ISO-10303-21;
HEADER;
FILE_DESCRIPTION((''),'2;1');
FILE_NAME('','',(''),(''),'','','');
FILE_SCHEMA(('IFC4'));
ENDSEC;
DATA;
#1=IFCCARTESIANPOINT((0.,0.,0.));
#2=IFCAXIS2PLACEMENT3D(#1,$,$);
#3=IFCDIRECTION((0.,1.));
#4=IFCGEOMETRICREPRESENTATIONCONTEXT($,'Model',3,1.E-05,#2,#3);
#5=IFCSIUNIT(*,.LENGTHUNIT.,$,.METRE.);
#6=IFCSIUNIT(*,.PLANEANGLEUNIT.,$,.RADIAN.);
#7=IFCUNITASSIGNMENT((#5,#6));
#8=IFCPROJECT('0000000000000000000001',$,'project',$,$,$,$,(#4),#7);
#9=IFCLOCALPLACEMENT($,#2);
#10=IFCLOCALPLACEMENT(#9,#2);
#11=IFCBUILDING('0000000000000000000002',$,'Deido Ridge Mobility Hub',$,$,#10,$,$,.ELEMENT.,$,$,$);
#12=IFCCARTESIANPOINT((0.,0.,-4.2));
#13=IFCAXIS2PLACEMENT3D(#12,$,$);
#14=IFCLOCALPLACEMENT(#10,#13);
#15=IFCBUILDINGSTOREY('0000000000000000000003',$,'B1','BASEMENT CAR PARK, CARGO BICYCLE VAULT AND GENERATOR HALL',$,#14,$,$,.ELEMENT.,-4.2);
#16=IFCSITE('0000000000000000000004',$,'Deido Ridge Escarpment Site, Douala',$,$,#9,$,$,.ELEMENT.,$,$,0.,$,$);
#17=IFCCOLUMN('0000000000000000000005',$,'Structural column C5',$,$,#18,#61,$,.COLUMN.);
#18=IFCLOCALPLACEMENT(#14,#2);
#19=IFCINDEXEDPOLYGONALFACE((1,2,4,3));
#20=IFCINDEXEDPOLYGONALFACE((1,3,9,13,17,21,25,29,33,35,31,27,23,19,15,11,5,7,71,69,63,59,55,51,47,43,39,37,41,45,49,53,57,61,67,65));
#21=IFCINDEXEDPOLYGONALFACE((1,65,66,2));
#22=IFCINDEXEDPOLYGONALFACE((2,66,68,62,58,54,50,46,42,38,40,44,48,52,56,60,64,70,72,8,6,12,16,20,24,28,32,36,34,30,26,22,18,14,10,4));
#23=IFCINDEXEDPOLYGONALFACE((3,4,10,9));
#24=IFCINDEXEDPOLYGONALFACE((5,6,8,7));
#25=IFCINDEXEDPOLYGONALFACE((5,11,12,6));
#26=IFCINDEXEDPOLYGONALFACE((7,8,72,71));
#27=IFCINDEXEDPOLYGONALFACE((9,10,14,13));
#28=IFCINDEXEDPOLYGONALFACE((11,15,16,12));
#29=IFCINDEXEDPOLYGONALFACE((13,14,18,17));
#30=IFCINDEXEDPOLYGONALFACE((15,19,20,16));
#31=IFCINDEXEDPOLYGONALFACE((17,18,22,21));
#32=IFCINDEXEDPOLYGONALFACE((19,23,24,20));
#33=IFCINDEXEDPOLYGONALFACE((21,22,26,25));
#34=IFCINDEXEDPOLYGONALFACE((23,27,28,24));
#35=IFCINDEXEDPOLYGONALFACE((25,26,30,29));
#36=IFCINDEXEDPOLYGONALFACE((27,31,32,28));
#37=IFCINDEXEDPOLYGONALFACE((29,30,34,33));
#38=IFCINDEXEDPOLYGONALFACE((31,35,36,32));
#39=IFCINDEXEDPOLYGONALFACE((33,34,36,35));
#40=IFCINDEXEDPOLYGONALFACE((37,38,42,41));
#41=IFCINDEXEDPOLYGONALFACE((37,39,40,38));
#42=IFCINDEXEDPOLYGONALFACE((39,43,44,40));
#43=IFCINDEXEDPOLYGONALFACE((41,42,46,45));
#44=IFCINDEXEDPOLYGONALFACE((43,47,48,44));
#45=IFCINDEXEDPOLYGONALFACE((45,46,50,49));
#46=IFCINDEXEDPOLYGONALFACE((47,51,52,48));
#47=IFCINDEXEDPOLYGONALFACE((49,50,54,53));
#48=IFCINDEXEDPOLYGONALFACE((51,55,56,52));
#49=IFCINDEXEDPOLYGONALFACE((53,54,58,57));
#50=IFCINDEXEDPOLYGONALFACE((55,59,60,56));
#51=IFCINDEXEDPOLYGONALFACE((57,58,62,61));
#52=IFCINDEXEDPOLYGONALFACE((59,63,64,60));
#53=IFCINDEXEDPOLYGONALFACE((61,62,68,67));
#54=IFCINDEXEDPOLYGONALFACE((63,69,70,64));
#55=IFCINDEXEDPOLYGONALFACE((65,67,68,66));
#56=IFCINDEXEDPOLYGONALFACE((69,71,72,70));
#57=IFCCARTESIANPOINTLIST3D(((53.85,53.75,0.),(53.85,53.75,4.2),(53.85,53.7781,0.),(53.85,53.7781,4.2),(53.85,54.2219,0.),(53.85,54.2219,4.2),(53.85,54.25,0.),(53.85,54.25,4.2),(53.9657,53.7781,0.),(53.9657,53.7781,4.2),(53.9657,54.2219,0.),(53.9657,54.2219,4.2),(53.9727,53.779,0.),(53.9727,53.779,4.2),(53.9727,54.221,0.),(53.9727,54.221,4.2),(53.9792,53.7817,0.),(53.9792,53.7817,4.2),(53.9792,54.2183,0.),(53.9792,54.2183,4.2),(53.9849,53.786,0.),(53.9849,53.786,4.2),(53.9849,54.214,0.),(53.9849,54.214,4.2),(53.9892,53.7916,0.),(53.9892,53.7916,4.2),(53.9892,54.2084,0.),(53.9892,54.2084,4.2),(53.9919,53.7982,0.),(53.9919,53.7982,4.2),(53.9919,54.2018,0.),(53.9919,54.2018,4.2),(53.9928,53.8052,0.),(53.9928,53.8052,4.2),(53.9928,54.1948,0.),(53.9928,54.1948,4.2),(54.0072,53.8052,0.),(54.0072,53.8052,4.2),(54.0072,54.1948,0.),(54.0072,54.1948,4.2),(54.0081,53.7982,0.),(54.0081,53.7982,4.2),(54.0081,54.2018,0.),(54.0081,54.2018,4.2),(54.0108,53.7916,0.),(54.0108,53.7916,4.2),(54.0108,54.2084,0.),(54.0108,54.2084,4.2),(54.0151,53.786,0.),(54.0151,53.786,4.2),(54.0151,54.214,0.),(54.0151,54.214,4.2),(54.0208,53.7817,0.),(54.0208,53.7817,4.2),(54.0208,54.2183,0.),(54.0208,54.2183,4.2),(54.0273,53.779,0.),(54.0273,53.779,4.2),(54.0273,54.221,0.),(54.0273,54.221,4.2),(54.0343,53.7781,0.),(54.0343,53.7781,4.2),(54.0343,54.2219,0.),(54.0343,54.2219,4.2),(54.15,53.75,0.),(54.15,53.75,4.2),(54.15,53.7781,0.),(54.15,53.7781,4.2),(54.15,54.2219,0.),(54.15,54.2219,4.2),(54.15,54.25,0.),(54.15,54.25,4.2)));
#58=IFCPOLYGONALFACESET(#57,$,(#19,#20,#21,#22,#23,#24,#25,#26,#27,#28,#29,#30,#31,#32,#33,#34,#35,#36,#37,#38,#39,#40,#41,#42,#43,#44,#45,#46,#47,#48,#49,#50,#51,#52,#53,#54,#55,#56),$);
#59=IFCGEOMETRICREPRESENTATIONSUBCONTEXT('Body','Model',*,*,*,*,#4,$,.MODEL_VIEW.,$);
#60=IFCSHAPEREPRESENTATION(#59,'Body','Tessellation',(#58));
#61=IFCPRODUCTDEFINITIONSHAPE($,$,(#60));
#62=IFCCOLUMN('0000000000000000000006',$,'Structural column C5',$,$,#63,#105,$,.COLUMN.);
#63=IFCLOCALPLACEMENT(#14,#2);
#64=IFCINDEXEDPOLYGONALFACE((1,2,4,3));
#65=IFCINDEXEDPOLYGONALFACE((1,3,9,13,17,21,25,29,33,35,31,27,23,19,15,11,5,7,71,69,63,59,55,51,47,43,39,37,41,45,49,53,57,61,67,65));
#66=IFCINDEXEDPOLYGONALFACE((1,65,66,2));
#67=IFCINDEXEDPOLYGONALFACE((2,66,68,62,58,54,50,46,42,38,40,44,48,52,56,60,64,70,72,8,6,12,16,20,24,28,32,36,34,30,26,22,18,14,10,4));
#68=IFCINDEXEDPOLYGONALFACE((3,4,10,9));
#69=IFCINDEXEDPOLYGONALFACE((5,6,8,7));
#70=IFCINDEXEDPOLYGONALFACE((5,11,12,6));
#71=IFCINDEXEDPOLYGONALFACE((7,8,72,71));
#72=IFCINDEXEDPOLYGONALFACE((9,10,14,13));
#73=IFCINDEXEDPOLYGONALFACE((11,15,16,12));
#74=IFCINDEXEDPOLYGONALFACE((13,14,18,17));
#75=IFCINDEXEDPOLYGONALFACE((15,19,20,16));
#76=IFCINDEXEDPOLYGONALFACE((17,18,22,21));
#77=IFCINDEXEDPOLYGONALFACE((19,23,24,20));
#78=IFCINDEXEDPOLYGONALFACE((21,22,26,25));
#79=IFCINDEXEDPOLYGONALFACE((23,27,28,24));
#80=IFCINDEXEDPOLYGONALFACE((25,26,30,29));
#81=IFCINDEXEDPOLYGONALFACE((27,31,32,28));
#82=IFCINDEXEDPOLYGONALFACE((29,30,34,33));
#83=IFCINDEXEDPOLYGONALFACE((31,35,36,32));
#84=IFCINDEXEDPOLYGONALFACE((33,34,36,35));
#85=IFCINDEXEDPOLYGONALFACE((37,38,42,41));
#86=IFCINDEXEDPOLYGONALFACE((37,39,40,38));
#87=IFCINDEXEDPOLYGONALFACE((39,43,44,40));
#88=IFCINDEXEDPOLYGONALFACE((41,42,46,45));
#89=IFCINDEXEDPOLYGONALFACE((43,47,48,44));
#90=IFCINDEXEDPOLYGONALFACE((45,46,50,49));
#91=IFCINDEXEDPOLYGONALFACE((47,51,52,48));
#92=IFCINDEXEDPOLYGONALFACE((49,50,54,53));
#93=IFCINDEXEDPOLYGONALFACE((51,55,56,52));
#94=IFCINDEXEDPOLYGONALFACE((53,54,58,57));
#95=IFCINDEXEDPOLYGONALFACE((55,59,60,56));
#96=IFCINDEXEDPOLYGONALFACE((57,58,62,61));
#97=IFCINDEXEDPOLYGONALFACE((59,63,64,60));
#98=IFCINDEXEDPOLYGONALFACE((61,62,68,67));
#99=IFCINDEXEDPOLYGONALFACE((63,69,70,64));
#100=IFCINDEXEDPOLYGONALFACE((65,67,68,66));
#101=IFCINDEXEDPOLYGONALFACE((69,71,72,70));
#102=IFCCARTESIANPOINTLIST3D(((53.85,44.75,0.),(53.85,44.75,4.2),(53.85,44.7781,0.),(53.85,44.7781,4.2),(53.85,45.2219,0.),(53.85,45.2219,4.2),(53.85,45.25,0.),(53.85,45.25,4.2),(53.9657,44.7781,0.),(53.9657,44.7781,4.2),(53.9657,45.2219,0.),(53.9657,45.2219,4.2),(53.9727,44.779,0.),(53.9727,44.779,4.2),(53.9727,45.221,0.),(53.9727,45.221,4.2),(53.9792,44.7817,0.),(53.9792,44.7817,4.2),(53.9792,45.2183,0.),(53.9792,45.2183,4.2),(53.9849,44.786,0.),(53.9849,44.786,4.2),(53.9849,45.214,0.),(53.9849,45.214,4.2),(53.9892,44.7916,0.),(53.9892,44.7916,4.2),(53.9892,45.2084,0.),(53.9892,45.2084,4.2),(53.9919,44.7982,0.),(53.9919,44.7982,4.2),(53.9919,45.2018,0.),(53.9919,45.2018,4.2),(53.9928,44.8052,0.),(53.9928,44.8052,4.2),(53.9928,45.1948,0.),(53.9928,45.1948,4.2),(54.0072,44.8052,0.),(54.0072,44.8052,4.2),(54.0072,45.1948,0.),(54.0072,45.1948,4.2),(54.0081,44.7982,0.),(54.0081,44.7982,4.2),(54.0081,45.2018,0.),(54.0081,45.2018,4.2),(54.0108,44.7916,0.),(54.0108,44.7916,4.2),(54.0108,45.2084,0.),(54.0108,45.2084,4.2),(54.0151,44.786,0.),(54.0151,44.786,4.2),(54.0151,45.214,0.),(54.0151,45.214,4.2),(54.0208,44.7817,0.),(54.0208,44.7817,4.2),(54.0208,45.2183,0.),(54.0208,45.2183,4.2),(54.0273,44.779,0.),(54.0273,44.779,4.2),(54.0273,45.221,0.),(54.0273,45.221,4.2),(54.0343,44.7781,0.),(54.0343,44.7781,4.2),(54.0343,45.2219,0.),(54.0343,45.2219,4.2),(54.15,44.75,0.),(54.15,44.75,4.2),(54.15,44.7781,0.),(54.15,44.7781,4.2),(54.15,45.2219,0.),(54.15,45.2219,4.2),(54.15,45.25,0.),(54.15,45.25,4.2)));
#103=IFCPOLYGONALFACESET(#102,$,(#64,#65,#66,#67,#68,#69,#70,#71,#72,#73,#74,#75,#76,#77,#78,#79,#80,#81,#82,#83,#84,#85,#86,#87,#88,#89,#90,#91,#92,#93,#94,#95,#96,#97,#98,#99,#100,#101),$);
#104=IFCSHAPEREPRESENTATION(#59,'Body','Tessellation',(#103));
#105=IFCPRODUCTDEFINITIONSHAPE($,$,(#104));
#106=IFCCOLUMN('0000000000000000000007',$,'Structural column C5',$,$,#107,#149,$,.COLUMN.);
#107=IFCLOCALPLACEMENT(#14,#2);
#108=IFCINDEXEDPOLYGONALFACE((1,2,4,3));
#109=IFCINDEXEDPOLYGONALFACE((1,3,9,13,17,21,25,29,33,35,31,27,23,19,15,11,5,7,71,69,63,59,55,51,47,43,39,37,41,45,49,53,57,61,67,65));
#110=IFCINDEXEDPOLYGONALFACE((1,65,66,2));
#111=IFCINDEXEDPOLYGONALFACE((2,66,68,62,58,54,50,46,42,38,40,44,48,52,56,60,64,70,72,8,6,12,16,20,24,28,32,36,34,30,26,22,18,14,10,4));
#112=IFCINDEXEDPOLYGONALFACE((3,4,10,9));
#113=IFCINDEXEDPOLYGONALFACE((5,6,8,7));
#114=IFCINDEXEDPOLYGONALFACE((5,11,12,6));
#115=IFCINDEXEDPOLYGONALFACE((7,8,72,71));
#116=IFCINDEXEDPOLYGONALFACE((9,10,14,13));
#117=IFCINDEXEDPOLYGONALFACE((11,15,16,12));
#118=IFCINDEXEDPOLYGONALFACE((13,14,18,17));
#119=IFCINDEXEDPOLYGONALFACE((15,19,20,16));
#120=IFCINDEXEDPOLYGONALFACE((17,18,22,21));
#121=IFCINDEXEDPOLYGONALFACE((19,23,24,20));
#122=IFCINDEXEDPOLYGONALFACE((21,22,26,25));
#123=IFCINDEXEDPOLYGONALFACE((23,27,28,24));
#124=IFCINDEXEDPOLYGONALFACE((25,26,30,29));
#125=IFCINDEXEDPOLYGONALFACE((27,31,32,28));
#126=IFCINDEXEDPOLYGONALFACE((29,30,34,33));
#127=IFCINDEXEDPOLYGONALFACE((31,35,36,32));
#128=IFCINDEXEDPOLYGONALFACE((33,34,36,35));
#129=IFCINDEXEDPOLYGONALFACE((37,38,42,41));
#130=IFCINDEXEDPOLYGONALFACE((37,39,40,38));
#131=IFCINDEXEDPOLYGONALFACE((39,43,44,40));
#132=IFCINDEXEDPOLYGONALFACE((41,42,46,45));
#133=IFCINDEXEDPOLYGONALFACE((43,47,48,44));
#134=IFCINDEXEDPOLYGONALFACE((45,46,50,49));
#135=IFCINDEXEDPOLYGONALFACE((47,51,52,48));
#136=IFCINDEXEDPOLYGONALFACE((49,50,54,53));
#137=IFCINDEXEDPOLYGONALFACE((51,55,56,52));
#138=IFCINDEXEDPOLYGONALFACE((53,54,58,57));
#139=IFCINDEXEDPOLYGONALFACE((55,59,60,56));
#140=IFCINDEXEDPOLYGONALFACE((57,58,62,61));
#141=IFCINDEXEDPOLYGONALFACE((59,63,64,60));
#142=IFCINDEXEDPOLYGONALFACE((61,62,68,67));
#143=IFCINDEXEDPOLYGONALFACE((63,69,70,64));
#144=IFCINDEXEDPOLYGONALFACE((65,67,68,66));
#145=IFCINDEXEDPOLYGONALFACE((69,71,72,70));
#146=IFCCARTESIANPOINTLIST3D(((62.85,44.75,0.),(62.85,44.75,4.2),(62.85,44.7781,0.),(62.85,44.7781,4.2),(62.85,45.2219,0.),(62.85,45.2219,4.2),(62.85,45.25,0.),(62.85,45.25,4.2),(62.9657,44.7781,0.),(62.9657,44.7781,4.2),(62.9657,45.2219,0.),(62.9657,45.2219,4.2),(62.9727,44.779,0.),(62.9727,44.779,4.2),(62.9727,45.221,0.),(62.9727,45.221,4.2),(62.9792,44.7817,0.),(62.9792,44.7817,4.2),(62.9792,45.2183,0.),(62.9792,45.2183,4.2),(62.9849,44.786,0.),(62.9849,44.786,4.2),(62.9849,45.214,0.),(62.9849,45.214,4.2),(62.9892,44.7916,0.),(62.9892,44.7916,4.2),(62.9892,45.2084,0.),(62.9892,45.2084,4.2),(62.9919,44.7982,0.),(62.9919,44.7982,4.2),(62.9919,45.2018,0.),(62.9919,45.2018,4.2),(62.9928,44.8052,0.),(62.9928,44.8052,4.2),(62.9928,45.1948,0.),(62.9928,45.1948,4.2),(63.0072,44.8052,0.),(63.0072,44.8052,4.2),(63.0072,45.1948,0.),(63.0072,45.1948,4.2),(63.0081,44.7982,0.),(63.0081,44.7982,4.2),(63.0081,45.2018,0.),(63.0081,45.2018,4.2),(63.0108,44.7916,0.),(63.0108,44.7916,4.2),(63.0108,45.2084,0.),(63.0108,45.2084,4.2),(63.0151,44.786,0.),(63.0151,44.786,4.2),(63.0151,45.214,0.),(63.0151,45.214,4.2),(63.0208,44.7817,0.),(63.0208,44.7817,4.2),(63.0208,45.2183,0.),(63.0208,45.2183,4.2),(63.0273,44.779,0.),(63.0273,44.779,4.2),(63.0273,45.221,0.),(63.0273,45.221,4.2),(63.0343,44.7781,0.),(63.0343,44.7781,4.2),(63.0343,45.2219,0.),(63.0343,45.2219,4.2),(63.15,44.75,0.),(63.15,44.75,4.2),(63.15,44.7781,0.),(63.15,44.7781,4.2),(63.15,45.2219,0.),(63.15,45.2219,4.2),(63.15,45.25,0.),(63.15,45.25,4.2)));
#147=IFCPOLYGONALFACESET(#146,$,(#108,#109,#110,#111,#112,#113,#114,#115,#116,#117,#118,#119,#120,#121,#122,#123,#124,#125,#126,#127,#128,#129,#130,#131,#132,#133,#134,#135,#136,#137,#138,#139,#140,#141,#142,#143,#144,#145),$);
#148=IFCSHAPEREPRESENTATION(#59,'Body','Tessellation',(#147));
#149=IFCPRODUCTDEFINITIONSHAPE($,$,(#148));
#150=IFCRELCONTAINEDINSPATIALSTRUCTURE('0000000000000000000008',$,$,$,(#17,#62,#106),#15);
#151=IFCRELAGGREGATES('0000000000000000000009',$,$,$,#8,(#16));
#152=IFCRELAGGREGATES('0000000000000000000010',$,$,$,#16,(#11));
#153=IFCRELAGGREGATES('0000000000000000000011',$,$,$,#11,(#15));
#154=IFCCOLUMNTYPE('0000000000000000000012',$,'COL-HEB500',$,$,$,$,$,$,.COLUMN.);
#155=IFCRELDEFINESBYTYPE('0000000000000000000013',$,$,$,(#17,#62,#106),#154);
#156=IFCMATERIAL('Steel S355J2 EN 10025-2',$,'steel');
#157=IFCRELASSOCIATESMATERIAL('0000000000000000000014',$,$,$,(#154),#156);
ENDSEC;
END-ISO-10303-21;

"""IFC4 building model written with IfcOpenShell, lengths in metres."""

from ifc_helpers import new_model, si_unit, direction, frame, origin, origin_2d, place, context, subcontext, project, spatial, i_section, extrude, material, material_profile, profile_set, type_object, element, save


model = new_model("IFC4")

# Units and contexts
model_context = context("Model", 3, precision=1e-05, world=origin(), true_north=direction((0.0, 1.0)))
body_context = subcontext(model_context, "Body", "Model", "MODEL_VIEW")
ifc_project = project(units=[si_unit("LENGTHUNIT", "METRE"), si_unit("PLANEANGLEUNIT", "RADIAN")], contexts=[model_context])

# Site, building, storey
site_placement = place(None, origin())
site = spatial("IfcSite", under=ifc_project, at=site_placement, Name="Deido Ridge Escarpment Site, Douala", CompositionType="ELEMENT", RefElevation=0.0)
building_placement = place(site_placement, origin())
building = spatial("IfcBuilding", under=site, at=building_placement, Name="Deido Ridge Mobility Hub", CompositionType="ELEMENT")
storey_placement = place(building_placement, frame((0.0, 0.0, -4.2)))
storey = spatial("IfcBuildingStorey", under=building, at=storey_placement, Name="B1", Description="BASEMENT CAR PARK, CARGO BICYCLE VAULT AND GENERATOR HALL", CompositionType="ELEMENT", Elevation=-4.2)

# Columns
ifc_material_1 = material(Name="Steel S355J2 EN 10025-2", Category="steel")
ifc_material_profile_1 = material_profile(ifc_material_1, i_section(OverallWidth=0.3, OverallDepth=0.5, WebThickness=0.0144, FlangeThickness=0.0281, FilletRadius=0.0271, at=origin_2d()), Name="HEB 500")
ifc_profile_set_1 = profile_set([ifc_material_profile_1], Name="Steel S355J2 EN 10025-2")
column_type = type_object("IfcColumnType", Name="COL-HEB500", PredefinedType="COLUMN", material=ifc_profile_set_1)
for number, where, z_axis, x_axis, name in (
    (1, (54.0, 54.0, 0.0), (0.0, 0.0, 1.0), (1.0, 0.0, 0.0), "Structural column C5"),
    (2, (54.0, 45.0, 0.0), (0.0, 0.0, 1.0), (1.0, 0.0, 0.0), "Structural column C5"),
    (3, (63.0, 45.0, 0.0), (0.0, 0.0, 1.0), (1.0, 0.0, 0.0), "Structural column C5"),
):
    element("IfcColumn", number, at=place(storey_placement, frame(where, z_axis=z_axis, x_axis=x_axis)), inside=storey, type_object=column_type, Name=name, PredefinedType="COLUMN", context=body_context, shape_type="SweptSolid", body=[
        extrude(i_section(OverallWidth=0.3, OverallDepth=0.5, WebThickness=0.0144, FlangeThickness=0.0281, FilletRadius=0.0271, at=origin_2d()), origin(), (0.0, 0.0, 1.0), 4.2),
    ])

save(model, "model.ifc")
